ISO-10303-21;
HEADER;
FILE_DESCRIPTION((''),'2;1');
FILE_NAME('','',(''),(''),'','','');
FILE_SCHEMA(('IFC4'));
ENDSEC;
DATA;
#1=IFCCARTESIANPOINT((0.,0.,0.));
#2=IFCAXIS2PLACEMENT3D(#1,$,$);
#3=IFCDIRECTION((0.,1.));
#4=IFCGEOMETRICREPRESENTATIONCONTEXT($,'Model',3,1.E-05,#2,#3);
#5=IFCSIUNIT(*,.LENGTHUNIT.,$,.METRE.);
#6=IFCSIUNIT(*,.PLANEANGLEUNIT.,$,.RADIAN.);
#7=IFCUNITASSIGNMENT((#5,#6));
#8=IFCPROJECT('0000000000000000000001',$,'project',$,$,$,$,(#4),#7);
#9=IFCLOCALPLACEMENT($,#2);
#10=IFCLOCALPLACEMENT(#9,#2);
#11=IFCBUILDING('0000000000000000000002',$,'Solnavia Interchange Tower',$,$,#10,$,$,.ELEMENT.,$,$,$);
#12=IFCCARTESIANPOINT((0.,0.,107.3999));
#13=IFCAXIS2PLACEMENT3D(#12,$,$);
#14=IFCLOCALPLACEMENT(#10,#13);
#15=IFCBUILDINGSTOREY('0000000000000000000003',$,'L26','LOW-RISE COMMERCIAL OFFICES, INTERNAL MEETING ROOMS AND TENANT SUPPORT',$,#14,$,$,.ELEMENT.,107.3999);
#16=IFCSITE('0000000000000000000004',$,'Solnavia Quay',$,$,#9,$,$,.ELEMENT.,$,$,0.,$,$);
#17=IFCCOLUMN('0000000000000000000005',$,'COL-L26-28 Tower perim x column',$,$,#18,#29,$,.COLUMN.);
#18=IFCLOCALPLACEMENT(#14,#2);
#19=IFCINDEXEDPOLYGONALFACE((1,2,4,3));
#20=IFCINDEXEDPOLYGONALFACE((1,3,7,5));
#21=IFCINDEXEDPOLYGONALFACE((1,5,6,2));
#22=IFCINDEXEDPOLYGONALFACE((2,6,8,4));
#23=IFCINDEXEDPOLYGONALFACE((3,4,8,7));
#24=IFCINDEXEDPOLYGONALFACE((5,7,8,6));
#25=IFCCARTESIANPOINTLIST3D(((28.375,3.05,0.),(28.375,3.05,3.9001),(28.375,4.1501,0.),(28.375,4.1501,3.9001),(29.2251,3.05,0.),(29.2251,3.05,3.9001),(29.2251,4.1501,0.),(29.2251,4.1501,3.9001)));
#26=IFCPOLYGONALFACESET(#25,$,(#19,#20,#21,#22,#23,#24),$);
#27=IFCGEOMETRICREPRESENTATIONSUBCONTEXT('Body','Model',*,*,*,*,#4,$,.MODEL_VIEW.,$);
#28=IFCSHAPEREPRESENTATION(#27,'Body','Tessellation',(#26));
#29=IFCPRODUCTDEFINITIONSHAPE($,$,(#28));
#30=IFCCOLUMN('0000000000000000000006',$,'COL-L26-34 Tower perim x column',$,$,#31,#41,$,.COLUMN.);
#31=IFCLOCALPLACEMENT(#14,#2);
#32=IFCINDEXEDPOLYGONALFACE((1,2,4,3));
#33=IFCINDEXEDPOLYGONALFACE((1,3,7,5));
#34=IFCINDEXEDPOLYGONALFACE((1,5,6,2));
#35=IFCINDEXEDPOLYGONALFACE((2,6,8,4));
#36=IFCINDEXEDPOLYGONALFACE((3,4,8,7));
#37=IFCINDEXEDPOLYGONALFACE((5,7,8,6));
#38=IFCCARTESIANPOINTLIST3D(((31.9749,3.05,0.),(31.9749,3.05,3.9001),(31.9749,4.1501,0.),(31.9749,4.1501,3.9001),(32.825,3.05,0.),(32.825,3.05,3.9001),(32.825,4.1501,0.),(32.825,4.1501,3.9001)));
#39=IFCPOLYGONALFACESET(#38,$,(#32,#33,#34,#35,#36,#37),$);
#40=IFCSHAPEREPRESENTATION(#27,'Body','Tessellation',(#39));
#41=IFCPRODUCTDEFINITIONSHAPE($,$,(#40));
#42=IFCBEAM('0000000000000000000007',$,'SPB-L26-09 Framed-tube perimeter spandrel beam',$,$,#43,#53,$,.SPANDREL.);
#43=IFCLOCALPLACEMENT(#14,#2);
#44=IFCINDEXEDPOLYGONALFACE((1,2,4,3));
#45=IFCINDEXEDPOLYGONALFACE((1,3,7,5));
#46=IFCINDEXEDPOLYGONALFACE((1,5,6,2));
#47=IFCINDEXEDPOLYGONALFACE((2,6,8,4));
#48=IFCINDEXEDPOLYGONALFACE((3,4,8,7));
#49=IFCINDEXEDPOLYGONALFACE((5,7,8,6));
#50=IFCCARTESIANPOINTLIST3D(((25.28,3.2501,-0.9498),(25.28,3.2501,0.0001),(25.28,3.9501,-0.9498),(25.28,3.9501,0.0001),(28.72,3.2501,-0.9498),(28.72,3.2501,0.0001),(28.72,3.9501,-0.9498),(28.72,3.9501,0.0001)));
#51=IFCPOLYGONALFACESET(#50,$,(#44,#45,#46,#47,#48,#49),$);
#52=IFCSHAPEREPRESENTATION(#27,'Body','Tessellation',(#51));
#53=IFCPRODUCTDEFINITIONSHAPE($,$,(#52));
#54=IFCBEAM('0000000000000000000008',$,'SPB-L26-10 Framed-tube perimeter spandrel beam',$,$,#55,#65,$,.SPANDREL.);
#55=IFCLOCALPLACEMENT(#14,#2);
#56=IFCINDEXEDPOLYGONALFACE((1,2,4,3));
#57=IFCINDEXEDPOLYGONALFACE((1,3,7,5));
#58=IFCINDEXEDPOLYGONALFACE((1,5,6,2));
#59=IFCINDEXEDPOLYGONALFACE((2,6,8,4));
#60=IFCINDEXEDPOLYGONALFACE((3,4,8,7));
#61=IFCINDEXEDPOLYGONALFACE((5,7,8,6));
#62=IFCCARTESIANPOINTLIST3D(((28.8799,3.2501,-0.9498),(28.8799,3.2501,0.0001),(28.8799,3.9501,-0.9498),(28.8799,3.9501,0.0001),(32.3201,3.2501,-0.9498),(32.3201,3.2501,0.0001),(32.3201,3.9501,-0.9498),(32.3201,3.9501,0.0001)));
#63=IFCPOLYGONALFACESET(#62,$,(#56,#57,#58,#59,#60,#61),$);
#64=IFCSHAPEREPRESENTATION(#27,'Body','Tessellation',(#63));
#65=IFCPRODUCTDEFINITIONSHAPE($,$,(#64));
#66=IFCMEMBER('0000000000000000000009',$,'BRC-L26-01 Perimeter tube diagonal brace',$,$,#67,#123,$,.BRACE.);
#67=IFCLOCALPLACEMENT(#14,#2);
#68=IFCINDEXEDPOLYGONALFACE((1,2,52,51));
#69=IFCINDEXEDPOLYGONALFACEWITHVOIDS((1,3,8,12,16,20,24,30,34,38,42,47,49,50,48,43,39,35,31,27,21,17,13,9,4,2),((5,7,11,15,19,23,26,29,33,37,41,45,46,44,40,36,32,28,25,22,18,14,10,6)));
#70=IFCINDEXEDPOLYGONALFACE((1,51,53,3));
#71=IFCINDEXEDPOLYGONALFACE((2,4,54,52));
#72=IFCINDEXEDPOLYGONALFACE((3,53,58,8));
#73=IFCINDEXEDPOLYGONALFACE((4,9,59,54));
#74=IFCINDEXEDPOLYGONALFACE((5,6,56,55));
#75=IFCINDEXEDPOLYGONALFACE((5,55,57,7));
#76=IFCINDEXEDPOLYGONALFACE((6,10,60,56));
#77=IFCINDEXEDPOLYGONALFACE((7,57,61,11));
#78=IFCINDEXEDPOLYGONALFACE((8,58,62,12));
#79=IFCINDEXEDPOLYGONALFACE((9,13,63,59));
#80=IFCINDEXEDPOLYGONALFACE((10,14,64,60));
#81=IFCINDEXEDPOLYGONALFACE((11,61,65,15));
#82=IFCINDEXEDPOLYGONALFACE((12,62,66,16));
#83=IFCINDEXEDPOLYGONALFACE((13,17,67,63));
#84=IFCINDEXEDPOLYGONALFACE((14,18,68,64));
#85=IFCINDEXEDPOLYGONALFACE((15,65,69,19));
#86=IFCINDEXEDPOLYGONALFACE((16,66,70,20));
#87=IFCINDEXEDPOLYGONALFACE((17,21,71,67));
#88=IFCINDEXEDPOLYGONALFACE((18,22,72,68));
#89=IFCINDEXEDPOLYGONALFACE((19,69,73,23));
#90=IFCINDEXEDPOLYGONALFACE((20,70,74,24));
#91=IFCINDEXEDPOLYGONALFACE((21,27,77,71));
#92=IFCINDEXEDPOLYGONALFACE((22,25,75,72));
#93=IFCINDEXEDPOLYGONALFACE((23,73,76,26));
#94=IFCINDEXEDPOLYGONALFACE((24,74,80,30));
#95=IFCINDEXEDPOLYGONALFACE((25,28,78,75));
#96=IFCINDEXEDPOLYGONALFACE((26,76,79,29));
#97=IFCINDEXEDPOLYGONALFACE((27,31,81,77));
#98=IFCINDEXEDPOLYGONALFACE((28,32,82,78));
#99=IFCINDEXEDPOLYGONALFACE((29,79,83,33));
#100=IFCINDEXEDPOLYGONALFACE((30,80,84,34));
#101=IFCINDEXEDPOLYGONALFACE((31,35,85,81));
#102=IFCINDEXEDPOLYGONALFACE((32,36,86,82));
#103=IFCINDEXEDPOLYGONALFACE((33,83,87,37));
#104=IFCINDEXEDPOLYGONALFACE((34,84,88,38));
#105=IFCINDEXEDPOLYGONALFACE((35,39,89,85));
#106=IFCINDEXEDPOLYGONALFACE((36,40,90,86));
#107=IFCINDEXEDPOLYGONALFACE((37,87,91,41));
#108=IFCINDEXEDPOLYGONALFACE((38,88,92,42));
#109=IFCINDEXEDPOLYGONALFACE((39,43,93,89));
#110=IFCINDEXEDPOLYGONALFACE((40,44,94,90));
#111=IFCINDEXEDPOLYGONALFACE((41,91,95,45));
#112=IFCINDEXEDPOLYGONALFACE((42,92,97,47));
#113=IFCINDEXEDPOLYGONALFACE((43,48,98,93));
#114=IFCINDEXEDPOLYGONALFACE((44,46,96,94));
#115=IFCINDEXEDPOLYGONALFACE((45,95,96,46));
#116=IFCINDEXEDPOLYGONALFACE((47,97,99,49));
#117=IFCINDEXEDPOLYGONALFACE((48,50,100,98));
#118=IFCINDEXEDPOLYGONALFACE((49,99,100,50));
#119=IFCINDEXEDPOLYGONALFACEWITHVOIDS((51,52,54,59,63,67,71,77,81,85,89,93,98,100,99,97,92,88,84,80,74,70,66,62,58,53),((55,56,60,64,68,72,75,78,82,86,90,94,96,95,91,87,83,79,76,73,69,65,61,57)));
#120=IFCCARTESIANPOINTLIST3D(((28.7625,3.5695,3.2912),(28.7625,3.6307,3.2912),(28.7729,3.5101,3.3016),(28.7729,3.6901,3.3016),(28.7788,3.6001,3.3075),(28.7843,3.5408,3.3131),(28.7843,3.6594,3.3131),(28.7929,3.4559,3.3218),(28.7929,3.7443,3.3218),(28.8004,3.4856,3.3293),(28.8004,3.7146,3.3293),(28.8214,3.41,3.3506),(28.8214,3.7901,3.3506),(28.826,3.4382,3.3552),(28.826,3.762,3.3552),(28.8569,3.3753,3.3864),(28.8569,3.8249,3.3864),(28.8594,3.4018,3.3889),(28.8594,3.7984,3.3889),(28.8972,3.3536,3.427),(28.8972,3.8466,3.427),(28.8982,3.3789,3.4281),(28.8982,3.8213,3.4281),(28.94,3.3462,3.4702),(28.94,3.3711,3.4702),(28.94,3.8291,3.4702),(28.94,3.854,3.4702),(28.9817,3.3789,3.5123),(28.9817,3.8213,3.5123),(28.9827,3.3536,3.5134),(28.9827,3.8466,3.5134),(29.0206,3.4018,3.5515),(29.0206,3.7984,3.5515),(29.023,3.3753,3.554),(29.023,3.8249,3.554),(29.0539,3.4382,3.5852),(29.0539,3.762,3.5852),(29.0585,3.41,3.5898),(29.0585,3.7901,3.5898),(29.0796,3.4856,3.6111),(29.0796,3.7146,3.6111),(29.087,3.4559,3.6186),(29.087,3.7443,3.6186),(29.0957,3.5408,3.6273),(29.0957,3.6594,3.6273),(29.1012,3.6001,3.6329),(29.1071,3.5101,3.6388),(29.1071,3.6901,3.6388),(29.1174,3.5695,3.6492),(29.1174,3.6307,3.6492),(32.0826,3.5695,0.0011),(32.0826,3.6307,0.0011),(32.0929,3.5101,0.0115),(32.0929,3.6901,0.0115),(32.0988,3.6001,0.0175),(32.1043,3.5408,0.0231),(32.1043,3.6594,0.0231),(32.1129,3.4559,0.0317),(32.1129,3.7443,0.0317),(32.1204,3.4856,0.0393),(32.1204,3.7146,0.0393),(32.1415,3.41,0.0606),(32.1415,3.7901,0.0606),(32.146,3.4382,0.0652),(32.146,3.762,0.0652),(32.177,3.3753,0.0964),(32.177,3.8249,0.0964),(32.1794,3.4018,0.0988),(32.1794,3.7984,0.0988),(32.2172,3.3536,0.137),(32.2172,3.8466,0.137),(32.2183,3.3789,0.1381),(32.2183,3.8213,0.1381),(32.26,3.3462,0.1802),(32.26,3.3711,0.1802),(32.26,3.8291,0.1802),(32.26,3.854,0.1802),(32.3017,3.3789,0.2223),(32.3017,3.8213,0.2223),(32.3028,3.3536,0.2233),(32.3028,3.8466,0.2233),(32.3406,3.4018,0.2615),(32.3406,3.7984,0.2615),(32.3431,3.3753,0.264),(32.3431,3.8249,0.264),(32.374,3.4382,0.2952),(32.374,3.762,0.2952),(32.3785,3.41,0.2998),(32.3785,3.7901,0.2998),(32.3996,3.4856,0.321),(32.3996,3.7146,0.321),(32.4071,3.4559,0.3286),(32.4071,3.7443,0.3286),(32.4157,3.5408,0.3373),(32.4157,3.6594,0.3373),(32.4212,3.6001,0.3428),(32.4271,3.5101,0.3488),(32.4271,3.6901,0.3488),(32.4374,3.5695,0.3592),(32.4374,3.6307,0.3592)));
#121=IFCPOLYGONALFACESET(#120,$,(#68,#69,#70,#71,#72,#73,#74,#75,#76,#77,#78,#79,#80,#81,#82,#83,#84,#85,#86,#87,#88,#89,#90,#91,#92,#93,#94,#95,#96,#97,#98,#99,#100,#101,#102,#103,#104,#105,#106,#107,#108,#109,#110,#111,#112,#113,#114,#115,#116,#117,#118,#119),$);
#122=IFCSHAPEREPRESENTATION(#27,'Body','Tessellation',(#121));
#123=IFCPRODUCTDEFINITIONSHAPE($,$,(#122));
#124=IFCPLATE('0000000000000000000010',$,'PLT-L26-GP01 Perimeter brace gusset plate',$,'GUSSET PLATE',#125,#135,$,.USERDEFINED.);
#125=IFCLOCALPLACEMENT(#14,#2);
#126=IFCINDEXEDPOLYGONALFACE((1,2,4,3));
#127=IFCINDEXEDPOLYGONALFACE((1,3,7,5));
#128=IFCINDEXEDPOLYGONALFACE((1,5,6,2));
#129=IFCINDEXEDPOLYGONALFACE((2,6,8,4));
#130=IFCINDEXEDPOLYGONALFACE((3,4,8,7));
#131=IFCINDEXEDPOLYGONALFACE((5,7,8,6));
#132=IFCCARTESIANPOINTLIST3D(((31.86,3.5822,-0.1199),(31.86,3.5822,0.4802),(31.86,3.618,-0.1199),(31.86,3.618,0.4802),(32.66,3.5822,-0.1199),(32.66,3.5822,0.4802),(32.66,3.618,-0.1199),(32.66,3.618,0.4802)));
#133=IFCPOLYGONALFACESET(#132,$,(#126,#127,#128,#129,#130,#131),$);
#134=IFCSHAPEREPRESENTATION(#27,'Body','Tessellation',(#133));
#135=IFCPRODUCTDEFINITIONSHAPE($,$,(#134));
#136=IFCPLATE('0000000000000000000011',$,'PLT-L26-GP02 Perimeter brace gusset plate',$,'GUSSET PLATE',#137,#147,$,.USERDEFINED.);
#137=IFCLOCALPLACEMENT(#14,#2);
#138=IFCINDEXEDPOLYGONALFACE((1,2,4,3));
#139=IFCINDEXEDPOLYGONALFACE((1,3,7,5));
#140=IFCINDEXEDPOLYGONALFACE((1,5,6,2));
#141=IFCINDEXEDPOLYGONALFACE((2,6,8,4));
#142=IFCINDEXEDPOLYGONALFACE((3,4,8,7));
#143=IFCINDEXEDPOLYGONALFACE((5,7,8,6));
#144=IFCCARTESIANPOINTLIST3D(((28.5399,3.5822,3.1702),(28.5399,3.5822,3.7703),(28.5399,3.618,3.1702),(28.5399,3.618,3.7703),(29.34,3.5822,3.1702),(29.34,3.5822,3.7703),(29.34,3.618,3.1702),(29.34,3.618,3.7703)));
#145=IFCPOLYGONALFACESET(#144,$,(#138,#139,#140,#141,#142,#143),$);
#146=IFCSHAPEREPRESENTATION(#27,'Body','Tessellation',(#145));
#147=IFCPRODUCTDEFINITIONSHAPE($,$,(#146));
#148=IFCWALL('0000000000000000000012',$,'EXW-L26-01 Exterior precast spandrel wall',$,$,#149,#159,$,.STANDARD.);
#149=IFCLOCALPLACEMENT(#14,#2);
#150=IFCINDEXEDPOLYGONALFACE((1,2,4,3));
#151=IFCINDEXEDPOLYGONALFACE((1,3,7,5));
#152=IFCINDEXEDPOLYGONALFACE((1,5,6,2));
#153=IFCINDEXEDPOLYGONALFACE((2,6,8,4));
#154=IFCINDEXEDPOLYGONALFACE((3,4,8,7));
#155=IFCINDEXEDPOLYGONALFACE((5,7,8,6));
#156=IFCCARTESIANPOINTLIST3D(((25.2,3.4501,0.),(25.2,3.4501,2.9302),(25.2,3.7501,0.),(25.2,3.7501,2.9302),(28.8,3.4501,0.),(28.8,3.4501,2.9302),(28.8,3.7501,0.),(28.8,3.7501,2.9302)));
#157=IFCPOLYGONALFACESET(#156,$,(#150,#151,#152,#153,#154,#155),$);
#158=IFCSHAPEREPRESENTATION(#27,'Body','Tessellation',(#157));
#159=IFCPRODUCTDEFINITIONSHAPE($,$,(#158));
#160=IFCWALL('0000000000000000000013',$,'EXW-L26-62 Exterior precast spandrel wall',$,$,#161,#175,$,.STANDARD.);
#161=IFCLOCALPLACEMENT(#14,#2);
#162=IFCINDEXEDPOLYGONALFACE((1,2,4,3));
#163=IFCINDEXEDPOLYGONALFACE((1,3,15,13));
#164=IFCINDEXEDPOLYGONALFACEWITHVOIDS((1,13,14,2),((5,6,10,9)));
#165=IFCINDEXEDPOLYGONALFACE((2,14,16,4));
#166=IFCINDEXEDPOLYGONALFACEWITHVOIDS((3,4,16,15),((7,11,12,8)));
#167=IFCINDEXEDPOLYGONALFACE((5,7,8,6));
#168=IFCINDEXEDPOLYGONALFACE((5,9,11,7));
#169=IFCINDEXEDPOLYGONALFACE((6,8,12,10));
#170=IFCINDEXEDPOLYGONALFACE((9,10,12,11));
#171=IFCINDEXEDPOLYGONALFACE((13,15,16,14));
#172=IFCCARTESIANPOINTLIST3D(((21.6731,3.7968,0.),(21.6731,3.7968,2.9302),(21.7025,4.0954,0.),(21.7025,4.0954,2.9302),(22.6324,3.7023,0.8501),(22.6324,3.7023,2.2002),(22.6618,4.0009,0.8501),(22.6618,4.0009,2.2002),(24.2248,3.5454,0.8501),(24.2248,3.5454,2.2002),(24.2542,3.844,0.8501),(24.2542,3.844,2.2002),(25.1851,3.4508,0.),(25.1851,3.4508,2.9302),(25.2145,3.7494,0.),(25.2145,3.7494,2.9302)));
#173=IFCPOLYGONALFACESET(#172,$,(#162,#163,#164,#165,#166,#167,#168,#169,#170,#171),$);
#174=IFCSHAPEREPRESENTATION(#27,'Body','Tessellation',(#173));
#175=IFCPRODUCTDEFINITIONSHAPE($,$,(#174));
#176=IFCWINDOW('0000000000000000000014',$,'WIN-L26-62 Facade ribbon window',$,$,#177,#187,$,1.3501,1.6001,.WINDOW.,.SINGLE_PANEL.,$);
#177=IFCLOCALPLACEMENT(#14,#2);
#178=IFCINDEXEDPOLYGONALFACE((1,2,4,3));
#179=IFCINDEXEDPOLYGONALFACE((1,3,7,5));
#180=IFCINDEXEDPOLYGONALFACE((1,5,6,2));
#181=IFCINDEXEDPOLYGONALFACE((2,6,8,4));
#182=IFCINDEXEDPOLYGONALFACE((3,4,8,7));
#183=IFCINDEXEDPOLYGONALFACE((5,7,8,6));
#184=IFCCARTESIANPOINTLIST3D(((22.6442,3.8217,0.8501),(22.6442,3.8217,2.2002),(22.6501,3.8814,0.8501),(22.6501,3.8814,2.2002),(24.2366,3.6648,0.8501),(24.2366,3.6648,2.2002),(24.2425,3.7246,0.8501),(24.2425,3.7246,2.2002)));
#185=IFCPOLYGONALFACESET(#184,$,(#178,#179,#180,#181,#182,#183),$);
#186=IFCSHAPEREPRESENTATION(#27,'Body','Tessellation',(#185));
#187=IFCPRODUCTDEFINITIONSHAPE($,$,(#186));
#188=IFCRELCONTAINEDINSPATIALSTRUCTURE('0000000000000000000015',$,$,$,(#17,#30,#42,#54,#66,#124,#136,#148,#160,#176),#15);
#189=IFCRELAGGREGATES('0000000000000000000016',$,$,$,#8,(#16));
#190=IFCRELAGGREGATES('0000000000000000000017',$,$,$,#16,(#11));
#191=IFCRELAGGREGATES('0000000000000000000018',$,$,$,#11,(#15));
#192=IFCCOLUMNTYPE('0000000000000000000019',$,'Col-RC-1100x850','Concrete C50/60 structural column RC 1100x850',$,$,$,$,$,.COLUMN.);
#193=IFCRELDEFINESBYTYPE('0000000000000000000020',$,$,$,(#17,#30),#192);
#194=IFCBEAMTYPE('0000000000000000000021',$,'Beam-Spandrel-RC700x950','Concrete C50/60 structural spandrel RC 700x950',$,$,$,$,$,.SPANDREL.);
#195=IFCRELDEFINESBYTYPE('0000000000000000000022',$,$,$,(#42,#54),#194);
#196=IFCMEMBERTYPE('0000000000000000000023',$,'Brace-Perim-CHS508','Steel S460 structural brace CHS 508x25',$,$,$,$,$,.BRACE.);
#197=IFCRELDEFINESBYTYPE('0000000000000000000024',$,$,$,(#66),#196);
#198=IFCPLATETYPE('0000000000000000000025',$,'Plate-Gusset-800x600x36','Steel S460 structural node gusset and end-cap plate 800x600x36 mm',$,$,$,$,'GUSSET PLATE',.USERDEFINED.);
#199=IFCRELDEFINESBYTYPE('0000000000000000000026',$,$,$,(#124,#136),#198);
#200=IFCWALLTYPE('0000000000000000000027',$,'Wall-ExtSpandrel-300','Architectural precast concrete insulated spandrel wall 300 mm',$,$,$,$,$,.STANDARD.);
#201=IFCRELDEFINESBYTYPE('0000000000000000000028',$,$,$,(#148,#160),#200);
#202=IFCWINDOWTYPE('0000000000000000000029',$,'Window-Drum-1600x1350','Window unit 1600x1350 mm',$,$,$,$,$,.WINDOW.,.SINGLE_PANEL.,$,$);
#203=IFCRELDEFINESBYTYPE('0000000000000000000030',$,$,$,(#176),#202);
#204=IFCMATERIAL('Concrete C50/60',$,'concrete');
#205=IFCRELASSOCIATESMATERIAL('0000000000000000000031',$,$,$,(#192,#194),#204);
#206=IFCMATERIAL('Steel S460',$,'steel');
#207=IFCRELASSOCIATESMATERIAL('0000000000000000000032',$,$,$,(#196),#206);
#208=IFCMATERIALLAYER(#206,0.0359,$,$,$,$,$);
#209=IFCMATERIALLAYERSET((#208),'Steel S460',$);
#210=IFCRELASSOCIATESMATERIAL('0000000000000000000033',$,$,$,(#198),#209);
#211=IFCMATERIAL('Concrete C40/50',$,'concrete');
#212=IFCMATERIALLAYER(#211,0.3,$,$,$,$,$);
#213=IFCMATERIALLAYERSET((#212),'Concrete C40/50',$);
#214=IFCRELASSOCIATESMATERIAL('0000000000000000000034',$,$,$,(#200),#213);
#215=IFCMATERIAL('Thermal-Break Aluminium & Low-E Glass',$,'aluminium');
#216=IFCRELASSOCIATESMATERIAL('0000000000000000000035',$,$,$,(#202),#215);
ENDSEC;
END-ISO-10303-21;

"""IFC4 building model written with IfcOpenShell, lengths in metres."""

from ifc_helpers import new_model, si_unit, direction, frame, frame_2d, origin, origin_2d, place, context, subcontext, project, spatial, rectangle, hollow_circle, extrude, material, layer, layer_set, material_profile, profile_set, type_object, element, fill, save


model = new_model("IFC4")

# Units and contexts
model_context = context("Model", 3, precision=1e-05, world=origin(), true_north=direction((0.0, 1.0)))
body_context = subcontext(model_context, "Body", "Model", "MODEL_VIEW")
ifc_project = project(units=[si_unit("LENGTHUNIT", "METRE"), si_unit("PLANEANGLEUNIT", "RADIAN")], contexts=[model_context])

# Site, building, storey
site_placement = place(None, origin())
site = spatial("IfcSite", under=ifc_project, at=site_placement, Name="Solnavia Quay", CompositionType="ELEMENT", RefElevation=0.0)
building_placement = place(site_placement, origin())
building = spatial("IfcBuilding", under=site, at=building_placement, Name="Solnavia Interchange Tower", CompositionType="ELEMENT")
storey_placement = place(building_placement, frame((0.0, 0.0, 107.3999)))
storey = spatial("IfcBuildingStorey", under=building, at=storey_placement, Name="L26", Description="LOW-RISE COMMERCIAL OFFICES, INTERNAL MEETING ROOMS AND TENANT SUPPORT", CompositionType="ELEMENT", Elevation=107.3999)

# Columns
ifc_material_1 = material(Name="Concrete C50/60", Category="concrete")
ifc_material_profile_1 = material_profile(ifc_material_1, rectangle(XDim=0.8501, YDim=1.1001, at=origin_2d()), Name="RC 1100x850")
ifc_profile_set_1 = profile_set([ifc_material_profile_1], Name="Concrete C50/60")
column_type = type_object("IfcColumnType", Name="Col-RC-1100x850", Description="Concrete C50/60 structural column RC 1100x850", PredefinedType="COLUMN", material=ifc_profile_set_1)
for number, where, z_axis, x_axis, name in (
    (1, (28.8, 3.6001, 0.0), (0.0, 0.0, 1.0), (1.0, 0.0, 0.0), "COL-L26-28 Tower perim x column"),
    (2, (32.3999, 3.6001, 0.0), (0.0, 0.0, 1.0), (1.0, 0.0, 0.0), "COL-L26-34 Tower perim x column"),
):
    element("IfcColumn", number, at=place(storey_placement, frame(where, z_axis=z_axis, x_axis=x_axis)), inside=storey, type_object=column_type, Name=name, PredefinedType="COLUMN", context=body_context, shape_type="SweptSolid", body=[
        extrude(rectangle(XDim=0.8501, YDim=1.1001, at=origin_2d()), origin(), (0.0, 0.0, 1.0), 3.9001),
    ])

# Beams
ifc_material_profile_2 = material_profile(ifc_material_1, rectangle(XDim=0.7, YDim=0.95, at=origin_2d()), Name="RC 700x950")
ifc_profile_set_2 = profile_set([ifc_material_profile_2], Name="Concrete C50/60")
beam_type = type_object("IfcBeamType", Name="Beam-Spandrel-RC700x950", Description="Concrete C50/60 structural spandrel RC 700x950", PredefinedType="SPANDREL", material=ifc_profile_set_2)
beam_1_placement = place(storey_placement, frame((25.28, 3.6001, -0.4749), z_axis=(1.0, 0.0, 0.0), x_axis=(0.0, 1.0, 0.0)))
element("IfcBeam", 3, at=beam_1_placement, inside=storey, type_object=beam_type, Name="SPB-L26-09 Framed-tube perimeter spandrel beam", PredefinedType="SPANDREL", context=body_context, shape_type="SweptSolid", body=[
    extrude(rectangle(XDim=0.7, YDim=0.95, at=origin_2d()), origin(), (0.0, 0.0, 1.0), 3.4399),
])
beam_2_placement = place(storey_placement, frame((28.8799, 3.6001, -0.4749), z_axis=(1.0, 0.0, 0.0), x_axis=(0.0, 1.0, 0.0)))
element("IfcBeam", 4, at=beam_2_placement, inside=storey, type_object=beam_type, Name="SPB-L26-10 Framed-tube perimeter spandrel beam", PredefinedType="SPANDREL", context=body_context, shape_type="SweptSolid", body=[
    extrude(rectangle(XDim=0.7, YDim=0.95, at=origin_2d()), origin(), (0.0, 0.0, 1.0), 3.4402),
])

# Member
ifc_material_2 = material(Name="Steel S460", Category="steel")
ifc_material_profile_3 = material_profile(ifc_material_2, hollow_circle(Radius=0.2539, WallThickness=0.0249, at=origin_2d()), Name="CHS 508x25")
ifc_profile_set_3 = profile_set([ifc_material_profile_3], Name="Steel S460")
member_type = type_object("IfcMemberType", Name="Brace-Perim-CHS508", Description="Steel S460 structural brace CHS 508x25", PredefinedType="BRACE", material=ifc_profile_set_3)
member_placement = place(storey_placement, frame((32.26, 3.6001, 0.1802), z_axis=(-0.710312, 0.0, 0.703887), x_axis=(0.0, -1.0, 0.0)))
element("IfcMember", 5, at=member_placement, inside=storey, type_object=member_type, Name="BRC-L26-01 Perimeter tube diagonal brace", PredefinedType="BRACE", context=body_context, shape_type="SweptSolid", body=[
    extrude(hollow_circle(Radius=0.2539, WallThickness=0.0249, at=origin_2d()), origin(), (0.0, 0.0, 1.0), 4.6741),
])

# Plates
ifc_layer_1 = layer(ifc_material_2, 0.0359)
ifc_layer_set_1 = layer_set([ifc_layer_1], Name="Steel S460")
plate_type = type_object("IfcPlateType", Name="Plate-Gusset-800x600x36", Description="Steel S460 structural node gusset and end-cap plate 800x600x36 mm", ElementType="GUSSET PLATE", PredefinedType="USERDEFINED", material=ifc_layer_set_1)
for number, where, z_axis, x_axis, name in (
    (6, (32.26, 3.6001, -0.1199), (0.0, 0.0, 1.0), (-1.0, 0.0, 0.0), "PLT-L26-GP01 Perimeter brace gusset plate"),
    (7, (28.9399, 3.6001, 3.1702), (0.0, 0.0, 1.0), (-1.0, 0.0, 0.0), "PLT-L26-GP02 Perimeter brace gusset plate"),
):
    element("IfcPlate", number, at=place(storey_placement, frame(where, z_axis=z_axis, x_axis=x_axis)), inside=storey, type_object=plate_type, Name=name, ObjectType="GUSSET PLATE", PredefinedType="USERDEFINED", context=body_context, shape_type="SweptSolid", body=[
        extrude(rectangle(XDim=0.8, YDim=0.0359, at=origin_2d()), origin(), (0.0, 0.0, 1.0), 0.6001),
    ])

# Wall
ifc_material_3 = material(Name="Concrete C40/50", Category="concrete")
ifc_layer_2 = layer(ifc_material_3, 0.3)
ifc_layer_set_2 = layer_set([ifc_layer_2], Name="Concrete C40/50")
wall_type_1 = type_object("IfcWallType", Name="Wall-ExtSpandrel-300", Description="Architectural precast concrete insulated spandrel wall 300 mm", PredefinedType="STANDARD", material=ifc_layer_set_2)
wall_1_placement = place(storey_placement, frame((28.8, 3.6001, 0.0), z_axis=(0.0, 0.0, 1.0), x_axis=(-1.0, 0.0, 0.0)))
element("IfcWall", 8, at=wall_1_placement, inside=storey, type_object=wall_type_1, Name="EXW-L26-01 Exterior precast spandrel wall", PredefinedType="STANDARD", context=body_context, shape_type="SweptSolid", body=[
    extrude(rectangle(XDim=3.6001, YDim=0.3, at=frame_2d((1.8, 0.0))), origin(), (0.0, 0.0, 1.0), 2.9302),
])

# Wall, opening, window
wall_2_placement = place(storey_placement, frame((25.2, 3.6001, 0.0), z_axis=(0.0, 0.0, 1.0), x_axis=(-0.995183, 0.098031, 0.0)))
wall_2 = element("IfcWall", 9, at=wall_2_placement, inside=storey, type_object=wall_type_1, Name="EXW-L26-62 Exterior precast spandrel wall", PredefinedType="STANDARD", context=body_context, shape_type="SweptSolid", body=[
    extrude(rectangle(XDim=3.5291, YDim=0.3, at=frame_2d((1.7646, 0.0))), origin(), (0.0, 0.0, 1.0), 2.9302),
])
opening_1_placement = place(wall_2_placement, frame((0.9651, 0.0, 0.8501)))
opening_1 = element("IfcOpeningElement", 10, at=opening_1_placement, cuts=wall_2, PredefinedType="OPENING", context=body_context, shape_type="SweptSolid", body=[
    extrude(rectangle(XDim=1.6001, YDim=1.3501, at=frame_2d((0.8, 0.675))), frame((0.0, 0.1602, 0.0), z_axis=(0.0, -1.0, 0.0), x_axis=(1.0, 0.0, 0.0)), (0.0, 0.0, 1.0), 0.3201),
])
ifc_material_4 = material(Name="Thermal-Break Aluminium & Low-E Glass", Category="aluminium")
window_type = type_object("IfcWindowType", Name="Window-Drum-1600x1350", Description="Window unit 1600x1350 mm", PartitioningType="SINGLE_PANEL", PredefinedType="WINDOW", material=ifc_material_4)
window_placement = place(opening_1_placement, origin())
window = element("IfcWindow", 11, at=window_placement, inside=storey, type_object=window_type, Name="WIN-L26-62 Facade ribbon window", OverallHeight=1.3501, OverallWidth=1.6001, PartitioningType="SINGLE_PANEL", PredefinedType="WINDOW", context=body_context, shape_type="SweptSolid", body=[
    extrude(rectangle(XDim=1.6001, YDim=1.3501, at=frame_2d((0.8, 0.675))), frame((0.0, 0.03, 0.0), z_axis=(0.0, -1.0, 0.0), x_axis=(1.0, 0.0, 0.0)), (0.0, 0.0, 1.0), 0.0601),
])
fill(opening_1, window)

save(model, "model.ifc")
